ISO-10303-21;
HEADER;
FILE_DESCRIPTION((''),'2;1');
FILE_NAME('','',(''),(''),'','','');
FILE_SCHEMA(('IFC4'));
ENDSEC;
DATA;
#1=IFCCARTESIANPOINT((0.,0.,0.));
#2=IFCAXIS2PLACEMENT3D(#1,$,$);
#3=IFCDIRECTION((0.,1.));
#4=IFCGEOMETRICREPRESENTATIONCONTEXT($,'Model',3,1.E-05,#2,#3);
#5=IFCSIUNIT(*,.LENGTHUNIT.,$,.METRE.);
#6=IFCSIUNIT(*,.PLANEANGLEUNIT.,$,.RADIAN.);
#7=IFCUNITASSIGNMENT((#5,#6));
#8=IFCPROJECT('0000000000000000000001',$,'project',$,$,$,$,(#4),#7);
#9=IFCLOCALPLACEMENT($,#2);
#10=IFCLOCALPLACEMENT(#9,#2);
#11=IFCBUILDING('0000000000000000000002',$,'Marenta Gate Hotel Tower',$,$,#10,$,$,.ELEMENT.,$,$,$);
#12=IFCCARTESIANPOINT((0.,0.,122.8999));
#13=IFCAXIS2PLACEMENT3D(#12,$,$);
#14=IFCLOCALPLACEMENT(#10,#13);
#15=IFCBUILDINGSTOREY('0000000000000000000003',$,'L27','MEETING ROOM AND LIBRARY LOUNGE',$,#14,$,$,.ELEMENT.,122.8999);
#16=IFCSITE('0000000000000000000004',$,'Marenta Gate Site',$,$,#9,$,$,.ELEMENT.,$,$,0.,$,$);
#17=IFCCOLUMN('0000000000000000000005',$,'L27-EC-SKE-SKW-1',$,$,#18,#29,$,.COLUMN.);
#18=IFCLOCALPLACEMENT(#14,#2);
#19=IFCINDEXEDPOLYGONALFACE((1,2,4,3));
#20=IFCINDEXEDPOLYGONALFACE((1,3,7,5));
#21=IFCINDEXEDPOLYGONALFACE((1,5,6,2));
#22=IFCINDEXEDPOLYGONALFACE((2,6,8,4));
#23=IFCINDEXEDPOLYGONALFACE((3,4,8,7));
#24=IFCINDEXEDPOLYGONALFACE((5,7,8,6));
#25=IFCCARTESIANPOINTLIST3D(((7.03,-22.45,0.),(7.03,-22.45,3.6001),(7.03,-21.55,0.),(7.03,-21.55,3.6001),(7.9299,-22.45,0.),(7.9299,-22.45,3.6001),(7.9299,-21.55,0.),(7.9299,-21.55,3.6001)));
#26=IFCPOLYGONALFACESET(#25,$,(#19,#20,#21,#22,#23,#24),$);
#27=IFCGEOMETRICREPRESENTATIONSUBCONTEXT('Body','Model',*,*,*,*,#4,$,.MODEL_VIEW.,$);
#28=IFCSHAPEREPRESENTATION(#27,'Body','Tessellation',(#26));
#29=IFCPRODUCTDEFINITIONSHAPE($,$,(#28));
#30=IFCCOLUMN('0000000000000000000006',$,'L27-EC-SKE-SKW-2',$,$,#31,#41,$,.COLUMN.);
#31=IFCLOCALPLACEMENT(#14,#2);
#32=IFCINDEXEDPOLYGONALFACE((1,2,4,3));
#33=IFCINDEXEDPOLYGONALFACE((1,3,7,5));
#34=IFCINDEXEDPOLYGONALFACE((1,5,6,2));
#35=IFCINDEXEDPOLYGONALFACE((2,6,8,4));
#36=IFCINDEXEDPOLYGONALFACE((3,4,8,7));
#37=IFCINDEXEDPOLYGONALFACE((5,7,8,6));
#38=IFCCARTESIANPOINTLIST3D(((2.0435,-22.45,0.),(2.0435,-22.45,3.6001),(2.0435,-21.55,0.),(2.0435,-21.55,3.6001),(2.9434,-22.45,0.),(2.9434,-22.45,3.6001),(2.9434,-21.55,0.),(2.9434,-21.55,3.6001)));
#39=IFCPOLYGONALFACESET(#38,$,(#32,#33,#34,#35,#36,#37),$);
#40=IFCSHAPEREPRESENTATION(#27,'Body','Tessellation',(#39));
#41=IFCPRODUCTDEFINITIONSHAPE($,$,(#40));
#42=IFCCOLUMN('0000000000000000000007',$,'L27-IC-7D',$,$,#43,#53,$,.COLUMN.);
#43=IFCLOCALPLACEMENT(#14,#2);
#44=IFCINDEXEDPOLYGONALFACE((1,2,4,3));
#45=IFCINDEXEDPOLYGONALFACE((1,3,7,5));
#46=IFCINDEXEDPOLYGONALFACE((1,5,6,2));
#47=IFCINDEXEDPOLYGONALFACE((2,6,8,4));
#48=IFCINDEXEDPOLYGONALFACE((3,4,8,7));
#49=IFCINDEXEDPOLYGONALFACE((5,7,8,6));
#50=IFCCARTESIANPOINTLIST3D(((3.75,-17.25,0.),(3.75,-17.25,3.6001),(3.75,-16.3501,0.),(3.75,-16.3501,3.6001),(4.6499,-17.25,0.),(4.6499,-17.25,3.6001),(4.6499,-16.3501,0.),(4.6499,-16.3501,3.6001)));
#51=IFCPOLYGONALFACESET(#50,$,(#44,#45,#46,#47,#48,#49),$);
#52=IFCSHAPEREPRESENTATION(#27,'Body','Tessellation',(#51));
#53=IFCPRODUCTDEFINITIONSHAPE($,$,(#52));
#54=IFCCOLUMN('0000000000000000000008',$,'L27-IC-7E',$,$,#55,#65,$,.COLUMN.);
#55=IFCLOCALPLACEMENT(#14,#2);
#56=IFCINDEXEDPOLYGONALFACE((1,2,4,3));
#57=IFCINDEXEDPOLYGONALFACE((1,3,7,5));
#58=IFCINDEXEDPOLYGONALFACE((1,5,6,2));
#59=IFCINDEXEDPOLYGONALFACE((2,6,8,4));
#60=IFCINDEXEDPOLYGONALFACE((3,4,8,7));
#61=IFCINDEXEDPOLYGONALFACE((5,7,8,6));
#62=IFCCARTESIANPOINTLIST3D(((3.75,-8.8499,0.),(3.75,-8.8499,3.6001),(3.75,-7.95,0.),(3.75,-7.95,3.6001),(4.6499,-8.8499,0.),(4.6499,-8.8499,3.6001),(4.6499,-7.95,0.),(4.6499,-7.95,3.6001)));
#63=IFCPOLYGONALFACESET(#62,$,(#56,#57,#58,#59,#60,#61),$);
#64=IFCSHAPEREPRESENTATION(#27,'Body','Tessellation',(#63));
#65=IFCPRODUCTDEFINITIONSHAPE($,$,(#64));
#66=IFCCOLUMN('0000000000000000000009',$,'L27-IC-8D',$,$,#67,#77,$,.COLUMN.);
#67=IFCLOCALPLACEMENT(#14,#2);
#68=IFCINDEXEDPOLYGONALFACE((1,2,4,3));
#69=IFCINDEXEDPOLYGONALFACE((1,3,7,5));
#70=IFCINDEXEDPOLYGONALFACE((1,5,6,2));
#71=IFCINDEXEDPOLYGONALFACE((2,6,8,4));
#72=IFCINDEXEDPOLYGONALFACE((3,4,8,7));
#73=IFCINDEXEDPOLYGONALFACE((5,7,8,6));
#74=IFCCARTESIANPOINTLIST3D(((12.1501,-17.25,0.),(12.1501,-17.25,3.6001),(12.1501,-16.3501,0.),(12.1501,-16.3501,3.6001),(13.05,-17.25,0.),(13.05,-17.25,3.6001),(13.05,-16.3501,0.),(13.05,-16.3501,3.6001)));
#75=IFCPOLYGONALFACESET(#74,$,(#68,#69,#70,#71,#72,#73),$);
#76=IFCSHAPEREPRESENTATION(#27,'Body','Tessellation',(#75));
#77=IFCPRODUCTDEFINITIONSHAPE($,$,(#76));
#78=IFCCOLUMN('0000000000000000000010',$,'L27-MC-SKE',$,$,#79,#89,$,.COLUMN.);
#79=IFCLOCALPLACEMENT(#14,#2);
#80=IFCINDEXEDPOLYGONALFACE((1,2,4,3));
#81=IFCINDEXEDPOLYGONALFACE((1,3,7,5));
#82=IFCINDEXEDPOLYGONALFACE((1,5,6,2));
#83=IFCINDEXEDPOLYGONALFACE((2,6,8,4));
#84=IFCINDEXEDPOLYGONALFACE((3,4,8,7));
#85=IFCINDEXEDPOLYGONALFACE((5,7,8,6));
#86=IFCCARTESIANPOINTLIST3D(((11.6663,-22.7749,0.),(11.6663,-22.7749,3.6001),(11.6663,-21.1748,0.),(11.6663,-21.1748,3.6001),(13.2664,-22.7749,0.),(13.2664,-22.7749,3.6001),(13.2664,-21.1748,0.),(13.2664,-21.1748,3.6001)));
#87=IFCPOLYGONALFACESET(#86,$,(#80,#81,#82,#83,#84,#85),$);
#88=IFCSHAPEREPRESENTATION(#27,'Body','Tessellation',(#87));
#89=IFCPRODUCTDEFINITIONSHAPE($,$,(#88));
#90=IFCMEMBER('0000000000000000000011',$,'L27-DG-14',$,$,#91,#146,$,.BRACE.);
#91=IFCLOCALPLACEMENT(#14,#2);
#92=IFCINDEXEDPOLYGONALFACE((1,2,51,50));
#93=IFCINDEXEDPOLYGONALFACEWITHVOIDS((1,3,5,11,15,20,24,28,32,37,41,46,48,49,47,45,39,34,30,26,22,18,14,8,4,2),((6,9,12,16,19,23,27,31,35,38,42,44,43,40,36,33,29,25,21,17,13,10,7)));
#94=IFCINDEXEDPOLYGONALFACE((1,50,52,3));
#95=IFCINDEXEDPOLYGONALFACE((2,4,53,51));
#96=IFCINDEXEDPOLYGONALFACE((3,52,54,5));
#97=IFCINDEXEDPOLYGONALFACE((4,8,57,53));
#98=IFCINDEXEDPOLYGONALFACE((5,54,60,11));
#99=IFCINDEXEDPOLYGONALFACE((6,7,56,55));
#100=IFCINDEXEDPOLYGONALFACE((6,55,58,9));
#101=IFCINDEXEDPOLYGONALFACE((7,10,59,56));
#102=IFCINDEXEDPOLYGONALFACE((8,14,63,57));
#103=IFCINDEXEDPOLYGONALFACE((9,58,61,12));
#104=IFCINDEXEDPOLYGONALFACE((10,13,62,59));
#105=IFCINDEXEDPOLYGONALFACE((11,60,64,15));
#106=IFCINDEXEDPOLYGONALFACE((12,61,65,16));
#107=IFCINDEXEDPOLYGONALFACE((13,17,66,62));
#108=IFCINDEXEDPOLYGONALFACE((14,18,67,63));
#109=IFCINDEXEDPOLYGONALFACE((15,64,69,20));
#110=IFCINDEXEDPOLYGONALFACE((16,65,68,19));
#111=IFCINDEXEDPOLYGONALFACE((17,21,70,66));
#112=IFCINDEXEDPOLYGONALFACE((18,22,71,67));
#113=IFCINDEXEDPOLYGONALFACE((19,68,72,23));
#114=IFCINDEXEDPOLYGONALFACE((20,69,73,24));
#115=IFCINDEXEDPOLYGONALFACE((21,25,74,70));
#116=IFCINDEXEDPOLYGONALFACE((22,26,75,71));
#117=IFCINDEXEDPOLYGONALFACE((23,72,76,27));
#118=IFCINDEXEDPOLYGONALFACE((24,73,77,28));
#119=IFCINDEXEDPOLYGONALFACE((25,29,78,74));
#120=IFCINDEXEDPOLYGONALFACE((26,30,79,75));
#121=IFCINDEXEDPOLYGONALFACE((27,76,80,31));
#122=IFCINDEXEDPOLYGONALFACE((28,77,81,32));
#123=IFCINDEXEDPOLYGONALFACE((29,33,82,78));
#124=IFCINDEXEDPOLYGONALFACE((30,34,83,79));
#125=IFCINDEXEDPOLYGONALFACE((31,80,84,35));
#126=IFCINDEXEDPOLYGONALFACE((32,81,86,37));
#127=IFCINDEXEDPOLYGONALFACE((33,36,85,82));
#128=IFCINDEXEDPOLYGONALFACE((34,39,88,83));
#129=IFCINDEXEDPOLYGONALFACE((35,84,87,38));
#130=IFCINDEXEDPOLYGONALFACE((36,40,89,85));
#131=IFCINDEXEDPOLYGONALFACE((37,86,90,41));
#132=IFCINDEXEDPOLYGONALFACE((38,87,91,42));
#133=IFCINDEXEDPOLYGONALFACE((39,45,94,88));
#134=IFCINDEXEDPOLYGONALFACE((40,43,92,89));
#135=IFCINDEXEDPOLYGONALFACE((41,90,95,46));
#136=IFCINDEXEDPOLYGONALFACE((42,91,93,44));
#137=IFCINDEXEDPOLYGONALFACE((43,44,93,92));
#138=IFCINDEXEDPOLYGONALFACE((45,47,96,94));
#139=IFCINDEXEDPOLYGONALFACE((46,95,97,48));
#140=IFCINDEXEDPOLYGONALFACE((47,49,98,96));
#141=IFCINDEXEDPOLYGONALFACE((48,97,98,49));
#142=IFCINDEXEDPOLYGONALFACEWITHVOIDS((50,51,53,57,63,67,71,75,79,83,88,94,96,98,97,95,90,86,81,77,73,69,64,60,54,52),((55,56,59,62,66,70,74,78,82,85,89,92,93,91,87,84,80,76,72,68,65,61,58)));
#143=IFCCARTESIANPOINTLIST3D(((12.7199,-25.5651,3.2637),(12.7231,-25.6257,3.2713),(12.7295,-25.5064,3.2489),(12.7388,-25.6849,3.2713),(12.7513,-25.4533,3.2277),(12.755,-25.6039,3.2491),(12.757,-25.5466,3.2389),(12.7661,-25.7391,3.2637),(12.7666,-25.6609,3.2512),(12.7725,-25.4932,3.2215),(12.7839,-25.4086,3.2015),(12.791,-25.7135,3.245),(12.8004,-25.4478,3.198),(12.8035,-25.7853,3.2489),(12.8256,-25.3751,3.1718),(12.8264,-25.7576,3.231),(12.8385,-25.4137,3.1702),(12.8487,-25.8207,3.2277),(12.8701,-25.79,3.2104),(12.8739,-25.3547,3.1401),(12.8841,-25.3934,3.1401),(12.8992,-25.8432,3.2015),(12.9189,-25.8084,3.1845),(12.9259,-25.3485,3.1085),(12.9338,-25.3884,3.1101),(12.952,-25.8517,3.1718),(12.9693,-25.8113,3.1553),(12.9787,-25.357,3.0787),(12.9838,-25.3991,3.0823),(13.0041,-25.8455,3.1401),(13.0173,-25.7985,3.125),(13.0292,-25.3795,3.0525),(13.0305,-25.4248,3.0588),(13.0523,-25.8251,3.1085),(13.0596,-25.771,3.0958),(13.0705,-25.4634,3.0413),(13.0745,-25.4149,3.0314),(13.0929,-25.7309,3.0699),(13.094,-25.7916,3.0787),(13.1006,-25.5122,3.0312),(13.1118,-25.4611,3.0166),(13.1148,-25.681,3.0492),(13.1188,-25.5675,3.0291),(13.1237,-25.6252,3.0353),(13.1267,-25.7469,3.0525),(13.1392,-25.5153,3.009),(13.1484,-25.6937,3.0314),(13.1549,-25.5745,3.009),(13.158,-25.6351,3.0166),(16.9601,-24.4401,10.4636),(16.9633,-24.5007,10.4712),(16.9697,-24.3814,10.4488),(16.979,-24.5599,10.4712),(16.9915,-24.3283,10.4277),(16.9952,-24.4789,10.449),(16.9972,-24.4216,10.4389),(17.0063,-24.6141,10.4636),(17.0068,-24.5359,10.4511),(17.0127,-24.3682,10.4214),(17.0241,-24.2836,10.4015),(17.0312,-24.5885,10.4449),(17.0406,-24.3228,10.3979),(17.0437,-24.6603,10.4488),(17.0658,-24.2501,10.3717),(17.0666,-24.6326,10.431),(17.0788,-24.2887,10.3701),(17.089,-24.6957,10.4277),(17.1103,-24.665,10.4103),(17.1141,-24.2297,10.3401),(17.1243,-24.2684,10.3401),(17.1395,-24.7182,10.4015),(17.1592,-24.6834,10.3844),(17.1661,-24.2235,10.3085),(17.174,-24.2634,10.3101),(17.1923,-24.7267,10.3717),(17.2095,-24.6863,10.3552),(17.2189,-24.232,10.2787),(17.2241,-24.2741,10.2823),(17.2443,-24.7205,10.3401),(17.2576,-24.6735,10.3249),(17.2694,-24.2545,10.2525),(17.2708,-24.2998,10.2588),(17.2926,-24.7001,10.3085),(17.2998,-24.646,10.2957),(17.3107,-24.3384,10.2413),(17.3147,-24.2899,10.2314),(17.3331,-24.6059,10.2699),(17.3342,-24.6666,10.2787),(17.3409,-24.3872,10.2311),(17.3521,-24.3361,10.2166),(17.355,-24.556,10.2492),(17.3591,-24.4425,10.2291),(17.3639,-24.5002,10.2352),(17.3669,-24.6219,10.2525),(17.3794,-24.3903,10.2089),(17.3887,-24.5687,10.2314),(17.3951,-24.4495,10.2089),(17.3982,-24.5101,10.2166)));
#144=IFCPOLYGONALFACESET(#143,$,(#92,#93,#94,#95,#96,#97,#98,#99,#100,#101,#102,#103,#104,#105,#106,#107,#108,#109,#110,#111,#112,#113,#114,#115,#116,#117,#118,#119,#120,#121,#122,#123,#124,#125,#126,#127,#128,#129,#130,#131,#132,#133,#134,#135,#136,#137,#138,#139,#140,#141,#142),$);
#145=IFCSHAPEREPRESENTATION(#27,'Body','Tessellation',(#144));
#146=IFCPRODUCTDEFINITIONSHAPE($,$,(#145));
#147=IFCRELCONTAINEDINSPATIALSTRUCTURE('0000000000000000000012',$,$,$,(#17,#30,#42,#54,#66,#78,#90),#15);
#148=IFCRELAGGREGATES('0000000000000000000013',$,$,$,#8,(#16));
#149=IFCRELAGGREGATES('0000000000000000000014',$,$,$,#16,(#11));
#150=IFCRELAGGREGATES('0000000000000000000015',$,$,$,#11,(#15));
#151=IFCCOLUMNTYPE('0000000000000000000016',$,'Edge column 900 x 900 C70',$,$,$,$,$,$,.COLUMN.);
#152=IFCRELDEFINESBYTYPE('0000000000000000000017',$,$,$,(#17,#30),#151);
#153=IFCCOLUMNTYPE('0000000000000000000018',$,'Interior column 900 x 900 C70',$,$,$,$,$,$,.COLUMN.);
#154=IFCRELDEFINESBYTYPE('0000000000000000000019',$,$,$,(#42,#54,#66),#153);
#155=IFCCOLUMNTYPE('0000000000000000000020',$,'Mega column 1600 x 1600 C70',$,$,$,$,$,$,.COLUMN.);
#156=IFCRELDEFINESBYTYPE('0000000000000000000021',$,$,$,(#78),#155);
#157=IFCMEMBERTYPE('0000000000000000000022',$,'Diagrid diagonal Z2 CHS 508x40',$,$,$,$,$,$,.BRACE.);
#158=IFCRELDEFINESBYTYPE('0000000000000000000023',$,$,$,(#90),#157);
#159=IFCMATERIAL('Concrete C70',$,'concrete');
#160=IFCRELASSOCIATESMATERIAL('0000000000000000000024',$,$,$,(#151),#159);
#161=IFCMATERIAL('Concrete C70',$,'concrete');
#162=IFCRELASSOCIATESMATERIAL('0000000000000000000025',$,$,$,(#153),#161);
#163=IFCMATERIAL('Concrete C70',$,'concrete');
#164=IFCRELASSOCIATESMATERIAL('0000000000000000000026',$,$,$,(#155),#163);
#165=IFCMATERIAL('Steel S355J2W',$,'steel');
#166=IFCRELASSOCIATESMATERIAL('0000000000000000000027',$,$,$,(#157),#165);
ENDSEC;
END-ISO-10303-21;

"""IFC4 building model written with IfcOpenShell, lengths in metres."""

from ifc_helpers import new_model, si_unit, direction, frame, origin, origin_2d, place, context, subcontext, project, spatial, rectangle, hollow_circle, extrude, material, material_profile, profile_set, type_object, element, save


model = new_model("IFC4")

# Units and contexts
model_context = context("Model", 3, precision=1e-05, world=origin(), true_north=direction((0.0, 1.0)))
body_context = subcontext(model_context, "Body", "Model", "MODEL_VIEW")
ifc_project = project(units=[si_unit("LENGTHUNIT", "METRE"), si_unit("PLANEANGLEUNIT", "RADIAN")], contexts=[model_context])

# Site, building, storey
site_placement = place(None, origin())
site = spatial("IfcSite", under=ifc_project, at=site_placement, Name="Marenta Gate Site", CompositionType="ELEMENT", RefElevation=0.0)
building_placement = place(site_placement, origin())
building = spatial("IfcBuilding", under=site, at=building_placement, Name="Marenta Gate Hotel Tower", CompositionType="ELEMENT")
storey_placement = place(building_placement, frame((0.0, 0.0, 122.8999)))
storey = spatial("IfcBuildingStorey", under=building, at=storey_placement, Name="L27", Description="MEETING ROOM AND LIBRARY LOUNGE", CompositionType="ELEMENT", Elevation=122.8999)

# Columns
ifc_material_1 = material(Name="Concrete C70", Category="concrete")
ifc_material_profile_1 = material_profile(ifc_material_1, rectangle(XDim=0.8999, YDim=0.8999, at=origin_2d()), Name="900 x 900")
ifc_profile_set_1 = profile_set([ifc_material_profile_1], Name="Concrete C70")
column_type_1 = type_object("IfcColumnType", Name="Edge column 900 x 900 C70", PredefinedType="COLUMN", material=ifc_profile_set_1)
for number, where, z_axis, x_axis, name in (
    (1, (7.48, -22.0, 0.0), (0.0, 0.0, 1.0), (1.0, 0.0, 0.0), "L27-EC-SKE-SKW-1"),
    (2, (2.4934, -22.0, 0.0), (0.0, 0.0, 1.0), (1.0, 0.0, 0.0), "L27-EC-SKE-SKW-2"),
):
    element("IfcColumn", number, at=place(storey_placement, frame(where, z_axis=z_axis, x_axis=x_axis)), inside=storey, type_object=column_type_1, Name=name, PredefinedType="COLUMN", context=body_context, shape_type="SweptSolid", body=[
        extrude(rectangle(XDim=0.8999, YDim=0.8999, at=origin_2d()), origin(), (0.0, 0.0, 1.0), 3.6001),
    ])
ifc_material_2 = material(Name="Concrete C70", Category="concrete")
ifc_material_profile_2 = material_profile(ifc_material_2, rectangle(XDim=0.8999, YDim=0.8999, at=origin_2d()), Name="900 x 900")
ifc_profile_set_2 = profile_set([ifc_material_profile_2], Name="Concrete C70")
column_type_2 = type_object("IfcColumnType", Name="Interior column 900 x 900 C70", PredefinedType="COLUMN", material=ifc_profile_set_2)
for number, where, z_axis, x_axis, name in (
    (3, (4.2, -16.8, 0.0), (0.0, 0.0, 1.0), (1.0, 0.0, 0.0), "L27-IC-7D"),
    (4, (4.2, -8.3999, 0.0), (0.0, 0.0, 1.0), (1.0, 0.0, 0.0), "L27-IC-7E"),
    (5, (12.6001, -16.8, 0.0), (0.0, 0.0, 1.0), (1.0, 0.0, 0.0), "L27-IC-8D"),
):
    element("IfcColumn", number, at=place(storey_placement, frame(where, z_axis=z_axis, x_axis=x_axis)), inside=storey, type_object=column_type_2, Name=name, PredefinedType="COLUMN", context=body_context, shape_type="SweptSolid", body=[
        extrude(rectangle(XDim=0.8999, YDim=0.8999, at=origin_2d()), origin(), (0.0, 0.0, 1.0), 3.6001),
    ])
ifc_material_3 = material(Name="Concrete C70", Category="concrete")
ifc_material_profile_3 = material_profile(ifc_material_3, rectangle(XDim=1.6001, YDim=1.6001, at=origin_2d()), Name="1600 x 1600")
ifc_profile_set_3 = profile_set([ifc_material_profile_3], Name="Concrete C70")
column_type_3 = type_object("IfcColumnType", Name="Mega column 1600 x 1600 C70", PredefinedType="COLUMN", material=ifc_profile_set_3)
column_placement = place(storey_placement, frame((12.4663, -21.9749, 0.0), z_axis=(0.0, 0.0, 1.0), x_axis=(1.0, 0.0, 0.0)))
element("IfcColumn", 6, at=column_placement, inside=storey, type_object=column_type_3, Name="L27-MC-SKE", PredefinedType="COLUMN", context=body_context, shape_type="SweptSolid", body=[
    extrude(rectangle(XDim=1.6001, YDim=1.6001, at=origin_2d()), origin(), (0.0, 0.0, 1.0), 3.6001),
])

# Member
ifc_material_4 = material(Name="Steel S355J2W", Category="steel")
ifc_material_profile_4 = material_profile(ifc_material_4, hollow_circle(Radius=0.2539, WallThickness=0.04, at=origin_2d()), Name="CHS 508x40")
ifc_profile_set_4 = profile_set([ifc_material_profile_4], Name="Steel S355J2W")
member_type_1 = type_object("IfcMemberType", Name="Diagrid diagonal Z2 CHS 508x40", PredefinedType="BRACE", material=ifc_profile_set_4)
member_1_placement = place(storey_placement, frame((12.939, -25.6001, 3.1401), z_axis=(0.502924, 0.133434, 0.853969), x_axis=(-0.256443, 0.966559, 0.0)))
element("IfcMember", 7, at=member_1_placement, inside=storey, type_object=member_type_1, Name="L27-DG-14", PredefinedType="BRACE", context=body_context, shape_type="SweptSolid", body=[
    extrude(hollow_circle(Radius=0.2539, WallThickness=0.04, at=origin_2d()), origin(), (0.0, 0.0, 1.0), 8.4312),
])

save(model, "model.ifc")
